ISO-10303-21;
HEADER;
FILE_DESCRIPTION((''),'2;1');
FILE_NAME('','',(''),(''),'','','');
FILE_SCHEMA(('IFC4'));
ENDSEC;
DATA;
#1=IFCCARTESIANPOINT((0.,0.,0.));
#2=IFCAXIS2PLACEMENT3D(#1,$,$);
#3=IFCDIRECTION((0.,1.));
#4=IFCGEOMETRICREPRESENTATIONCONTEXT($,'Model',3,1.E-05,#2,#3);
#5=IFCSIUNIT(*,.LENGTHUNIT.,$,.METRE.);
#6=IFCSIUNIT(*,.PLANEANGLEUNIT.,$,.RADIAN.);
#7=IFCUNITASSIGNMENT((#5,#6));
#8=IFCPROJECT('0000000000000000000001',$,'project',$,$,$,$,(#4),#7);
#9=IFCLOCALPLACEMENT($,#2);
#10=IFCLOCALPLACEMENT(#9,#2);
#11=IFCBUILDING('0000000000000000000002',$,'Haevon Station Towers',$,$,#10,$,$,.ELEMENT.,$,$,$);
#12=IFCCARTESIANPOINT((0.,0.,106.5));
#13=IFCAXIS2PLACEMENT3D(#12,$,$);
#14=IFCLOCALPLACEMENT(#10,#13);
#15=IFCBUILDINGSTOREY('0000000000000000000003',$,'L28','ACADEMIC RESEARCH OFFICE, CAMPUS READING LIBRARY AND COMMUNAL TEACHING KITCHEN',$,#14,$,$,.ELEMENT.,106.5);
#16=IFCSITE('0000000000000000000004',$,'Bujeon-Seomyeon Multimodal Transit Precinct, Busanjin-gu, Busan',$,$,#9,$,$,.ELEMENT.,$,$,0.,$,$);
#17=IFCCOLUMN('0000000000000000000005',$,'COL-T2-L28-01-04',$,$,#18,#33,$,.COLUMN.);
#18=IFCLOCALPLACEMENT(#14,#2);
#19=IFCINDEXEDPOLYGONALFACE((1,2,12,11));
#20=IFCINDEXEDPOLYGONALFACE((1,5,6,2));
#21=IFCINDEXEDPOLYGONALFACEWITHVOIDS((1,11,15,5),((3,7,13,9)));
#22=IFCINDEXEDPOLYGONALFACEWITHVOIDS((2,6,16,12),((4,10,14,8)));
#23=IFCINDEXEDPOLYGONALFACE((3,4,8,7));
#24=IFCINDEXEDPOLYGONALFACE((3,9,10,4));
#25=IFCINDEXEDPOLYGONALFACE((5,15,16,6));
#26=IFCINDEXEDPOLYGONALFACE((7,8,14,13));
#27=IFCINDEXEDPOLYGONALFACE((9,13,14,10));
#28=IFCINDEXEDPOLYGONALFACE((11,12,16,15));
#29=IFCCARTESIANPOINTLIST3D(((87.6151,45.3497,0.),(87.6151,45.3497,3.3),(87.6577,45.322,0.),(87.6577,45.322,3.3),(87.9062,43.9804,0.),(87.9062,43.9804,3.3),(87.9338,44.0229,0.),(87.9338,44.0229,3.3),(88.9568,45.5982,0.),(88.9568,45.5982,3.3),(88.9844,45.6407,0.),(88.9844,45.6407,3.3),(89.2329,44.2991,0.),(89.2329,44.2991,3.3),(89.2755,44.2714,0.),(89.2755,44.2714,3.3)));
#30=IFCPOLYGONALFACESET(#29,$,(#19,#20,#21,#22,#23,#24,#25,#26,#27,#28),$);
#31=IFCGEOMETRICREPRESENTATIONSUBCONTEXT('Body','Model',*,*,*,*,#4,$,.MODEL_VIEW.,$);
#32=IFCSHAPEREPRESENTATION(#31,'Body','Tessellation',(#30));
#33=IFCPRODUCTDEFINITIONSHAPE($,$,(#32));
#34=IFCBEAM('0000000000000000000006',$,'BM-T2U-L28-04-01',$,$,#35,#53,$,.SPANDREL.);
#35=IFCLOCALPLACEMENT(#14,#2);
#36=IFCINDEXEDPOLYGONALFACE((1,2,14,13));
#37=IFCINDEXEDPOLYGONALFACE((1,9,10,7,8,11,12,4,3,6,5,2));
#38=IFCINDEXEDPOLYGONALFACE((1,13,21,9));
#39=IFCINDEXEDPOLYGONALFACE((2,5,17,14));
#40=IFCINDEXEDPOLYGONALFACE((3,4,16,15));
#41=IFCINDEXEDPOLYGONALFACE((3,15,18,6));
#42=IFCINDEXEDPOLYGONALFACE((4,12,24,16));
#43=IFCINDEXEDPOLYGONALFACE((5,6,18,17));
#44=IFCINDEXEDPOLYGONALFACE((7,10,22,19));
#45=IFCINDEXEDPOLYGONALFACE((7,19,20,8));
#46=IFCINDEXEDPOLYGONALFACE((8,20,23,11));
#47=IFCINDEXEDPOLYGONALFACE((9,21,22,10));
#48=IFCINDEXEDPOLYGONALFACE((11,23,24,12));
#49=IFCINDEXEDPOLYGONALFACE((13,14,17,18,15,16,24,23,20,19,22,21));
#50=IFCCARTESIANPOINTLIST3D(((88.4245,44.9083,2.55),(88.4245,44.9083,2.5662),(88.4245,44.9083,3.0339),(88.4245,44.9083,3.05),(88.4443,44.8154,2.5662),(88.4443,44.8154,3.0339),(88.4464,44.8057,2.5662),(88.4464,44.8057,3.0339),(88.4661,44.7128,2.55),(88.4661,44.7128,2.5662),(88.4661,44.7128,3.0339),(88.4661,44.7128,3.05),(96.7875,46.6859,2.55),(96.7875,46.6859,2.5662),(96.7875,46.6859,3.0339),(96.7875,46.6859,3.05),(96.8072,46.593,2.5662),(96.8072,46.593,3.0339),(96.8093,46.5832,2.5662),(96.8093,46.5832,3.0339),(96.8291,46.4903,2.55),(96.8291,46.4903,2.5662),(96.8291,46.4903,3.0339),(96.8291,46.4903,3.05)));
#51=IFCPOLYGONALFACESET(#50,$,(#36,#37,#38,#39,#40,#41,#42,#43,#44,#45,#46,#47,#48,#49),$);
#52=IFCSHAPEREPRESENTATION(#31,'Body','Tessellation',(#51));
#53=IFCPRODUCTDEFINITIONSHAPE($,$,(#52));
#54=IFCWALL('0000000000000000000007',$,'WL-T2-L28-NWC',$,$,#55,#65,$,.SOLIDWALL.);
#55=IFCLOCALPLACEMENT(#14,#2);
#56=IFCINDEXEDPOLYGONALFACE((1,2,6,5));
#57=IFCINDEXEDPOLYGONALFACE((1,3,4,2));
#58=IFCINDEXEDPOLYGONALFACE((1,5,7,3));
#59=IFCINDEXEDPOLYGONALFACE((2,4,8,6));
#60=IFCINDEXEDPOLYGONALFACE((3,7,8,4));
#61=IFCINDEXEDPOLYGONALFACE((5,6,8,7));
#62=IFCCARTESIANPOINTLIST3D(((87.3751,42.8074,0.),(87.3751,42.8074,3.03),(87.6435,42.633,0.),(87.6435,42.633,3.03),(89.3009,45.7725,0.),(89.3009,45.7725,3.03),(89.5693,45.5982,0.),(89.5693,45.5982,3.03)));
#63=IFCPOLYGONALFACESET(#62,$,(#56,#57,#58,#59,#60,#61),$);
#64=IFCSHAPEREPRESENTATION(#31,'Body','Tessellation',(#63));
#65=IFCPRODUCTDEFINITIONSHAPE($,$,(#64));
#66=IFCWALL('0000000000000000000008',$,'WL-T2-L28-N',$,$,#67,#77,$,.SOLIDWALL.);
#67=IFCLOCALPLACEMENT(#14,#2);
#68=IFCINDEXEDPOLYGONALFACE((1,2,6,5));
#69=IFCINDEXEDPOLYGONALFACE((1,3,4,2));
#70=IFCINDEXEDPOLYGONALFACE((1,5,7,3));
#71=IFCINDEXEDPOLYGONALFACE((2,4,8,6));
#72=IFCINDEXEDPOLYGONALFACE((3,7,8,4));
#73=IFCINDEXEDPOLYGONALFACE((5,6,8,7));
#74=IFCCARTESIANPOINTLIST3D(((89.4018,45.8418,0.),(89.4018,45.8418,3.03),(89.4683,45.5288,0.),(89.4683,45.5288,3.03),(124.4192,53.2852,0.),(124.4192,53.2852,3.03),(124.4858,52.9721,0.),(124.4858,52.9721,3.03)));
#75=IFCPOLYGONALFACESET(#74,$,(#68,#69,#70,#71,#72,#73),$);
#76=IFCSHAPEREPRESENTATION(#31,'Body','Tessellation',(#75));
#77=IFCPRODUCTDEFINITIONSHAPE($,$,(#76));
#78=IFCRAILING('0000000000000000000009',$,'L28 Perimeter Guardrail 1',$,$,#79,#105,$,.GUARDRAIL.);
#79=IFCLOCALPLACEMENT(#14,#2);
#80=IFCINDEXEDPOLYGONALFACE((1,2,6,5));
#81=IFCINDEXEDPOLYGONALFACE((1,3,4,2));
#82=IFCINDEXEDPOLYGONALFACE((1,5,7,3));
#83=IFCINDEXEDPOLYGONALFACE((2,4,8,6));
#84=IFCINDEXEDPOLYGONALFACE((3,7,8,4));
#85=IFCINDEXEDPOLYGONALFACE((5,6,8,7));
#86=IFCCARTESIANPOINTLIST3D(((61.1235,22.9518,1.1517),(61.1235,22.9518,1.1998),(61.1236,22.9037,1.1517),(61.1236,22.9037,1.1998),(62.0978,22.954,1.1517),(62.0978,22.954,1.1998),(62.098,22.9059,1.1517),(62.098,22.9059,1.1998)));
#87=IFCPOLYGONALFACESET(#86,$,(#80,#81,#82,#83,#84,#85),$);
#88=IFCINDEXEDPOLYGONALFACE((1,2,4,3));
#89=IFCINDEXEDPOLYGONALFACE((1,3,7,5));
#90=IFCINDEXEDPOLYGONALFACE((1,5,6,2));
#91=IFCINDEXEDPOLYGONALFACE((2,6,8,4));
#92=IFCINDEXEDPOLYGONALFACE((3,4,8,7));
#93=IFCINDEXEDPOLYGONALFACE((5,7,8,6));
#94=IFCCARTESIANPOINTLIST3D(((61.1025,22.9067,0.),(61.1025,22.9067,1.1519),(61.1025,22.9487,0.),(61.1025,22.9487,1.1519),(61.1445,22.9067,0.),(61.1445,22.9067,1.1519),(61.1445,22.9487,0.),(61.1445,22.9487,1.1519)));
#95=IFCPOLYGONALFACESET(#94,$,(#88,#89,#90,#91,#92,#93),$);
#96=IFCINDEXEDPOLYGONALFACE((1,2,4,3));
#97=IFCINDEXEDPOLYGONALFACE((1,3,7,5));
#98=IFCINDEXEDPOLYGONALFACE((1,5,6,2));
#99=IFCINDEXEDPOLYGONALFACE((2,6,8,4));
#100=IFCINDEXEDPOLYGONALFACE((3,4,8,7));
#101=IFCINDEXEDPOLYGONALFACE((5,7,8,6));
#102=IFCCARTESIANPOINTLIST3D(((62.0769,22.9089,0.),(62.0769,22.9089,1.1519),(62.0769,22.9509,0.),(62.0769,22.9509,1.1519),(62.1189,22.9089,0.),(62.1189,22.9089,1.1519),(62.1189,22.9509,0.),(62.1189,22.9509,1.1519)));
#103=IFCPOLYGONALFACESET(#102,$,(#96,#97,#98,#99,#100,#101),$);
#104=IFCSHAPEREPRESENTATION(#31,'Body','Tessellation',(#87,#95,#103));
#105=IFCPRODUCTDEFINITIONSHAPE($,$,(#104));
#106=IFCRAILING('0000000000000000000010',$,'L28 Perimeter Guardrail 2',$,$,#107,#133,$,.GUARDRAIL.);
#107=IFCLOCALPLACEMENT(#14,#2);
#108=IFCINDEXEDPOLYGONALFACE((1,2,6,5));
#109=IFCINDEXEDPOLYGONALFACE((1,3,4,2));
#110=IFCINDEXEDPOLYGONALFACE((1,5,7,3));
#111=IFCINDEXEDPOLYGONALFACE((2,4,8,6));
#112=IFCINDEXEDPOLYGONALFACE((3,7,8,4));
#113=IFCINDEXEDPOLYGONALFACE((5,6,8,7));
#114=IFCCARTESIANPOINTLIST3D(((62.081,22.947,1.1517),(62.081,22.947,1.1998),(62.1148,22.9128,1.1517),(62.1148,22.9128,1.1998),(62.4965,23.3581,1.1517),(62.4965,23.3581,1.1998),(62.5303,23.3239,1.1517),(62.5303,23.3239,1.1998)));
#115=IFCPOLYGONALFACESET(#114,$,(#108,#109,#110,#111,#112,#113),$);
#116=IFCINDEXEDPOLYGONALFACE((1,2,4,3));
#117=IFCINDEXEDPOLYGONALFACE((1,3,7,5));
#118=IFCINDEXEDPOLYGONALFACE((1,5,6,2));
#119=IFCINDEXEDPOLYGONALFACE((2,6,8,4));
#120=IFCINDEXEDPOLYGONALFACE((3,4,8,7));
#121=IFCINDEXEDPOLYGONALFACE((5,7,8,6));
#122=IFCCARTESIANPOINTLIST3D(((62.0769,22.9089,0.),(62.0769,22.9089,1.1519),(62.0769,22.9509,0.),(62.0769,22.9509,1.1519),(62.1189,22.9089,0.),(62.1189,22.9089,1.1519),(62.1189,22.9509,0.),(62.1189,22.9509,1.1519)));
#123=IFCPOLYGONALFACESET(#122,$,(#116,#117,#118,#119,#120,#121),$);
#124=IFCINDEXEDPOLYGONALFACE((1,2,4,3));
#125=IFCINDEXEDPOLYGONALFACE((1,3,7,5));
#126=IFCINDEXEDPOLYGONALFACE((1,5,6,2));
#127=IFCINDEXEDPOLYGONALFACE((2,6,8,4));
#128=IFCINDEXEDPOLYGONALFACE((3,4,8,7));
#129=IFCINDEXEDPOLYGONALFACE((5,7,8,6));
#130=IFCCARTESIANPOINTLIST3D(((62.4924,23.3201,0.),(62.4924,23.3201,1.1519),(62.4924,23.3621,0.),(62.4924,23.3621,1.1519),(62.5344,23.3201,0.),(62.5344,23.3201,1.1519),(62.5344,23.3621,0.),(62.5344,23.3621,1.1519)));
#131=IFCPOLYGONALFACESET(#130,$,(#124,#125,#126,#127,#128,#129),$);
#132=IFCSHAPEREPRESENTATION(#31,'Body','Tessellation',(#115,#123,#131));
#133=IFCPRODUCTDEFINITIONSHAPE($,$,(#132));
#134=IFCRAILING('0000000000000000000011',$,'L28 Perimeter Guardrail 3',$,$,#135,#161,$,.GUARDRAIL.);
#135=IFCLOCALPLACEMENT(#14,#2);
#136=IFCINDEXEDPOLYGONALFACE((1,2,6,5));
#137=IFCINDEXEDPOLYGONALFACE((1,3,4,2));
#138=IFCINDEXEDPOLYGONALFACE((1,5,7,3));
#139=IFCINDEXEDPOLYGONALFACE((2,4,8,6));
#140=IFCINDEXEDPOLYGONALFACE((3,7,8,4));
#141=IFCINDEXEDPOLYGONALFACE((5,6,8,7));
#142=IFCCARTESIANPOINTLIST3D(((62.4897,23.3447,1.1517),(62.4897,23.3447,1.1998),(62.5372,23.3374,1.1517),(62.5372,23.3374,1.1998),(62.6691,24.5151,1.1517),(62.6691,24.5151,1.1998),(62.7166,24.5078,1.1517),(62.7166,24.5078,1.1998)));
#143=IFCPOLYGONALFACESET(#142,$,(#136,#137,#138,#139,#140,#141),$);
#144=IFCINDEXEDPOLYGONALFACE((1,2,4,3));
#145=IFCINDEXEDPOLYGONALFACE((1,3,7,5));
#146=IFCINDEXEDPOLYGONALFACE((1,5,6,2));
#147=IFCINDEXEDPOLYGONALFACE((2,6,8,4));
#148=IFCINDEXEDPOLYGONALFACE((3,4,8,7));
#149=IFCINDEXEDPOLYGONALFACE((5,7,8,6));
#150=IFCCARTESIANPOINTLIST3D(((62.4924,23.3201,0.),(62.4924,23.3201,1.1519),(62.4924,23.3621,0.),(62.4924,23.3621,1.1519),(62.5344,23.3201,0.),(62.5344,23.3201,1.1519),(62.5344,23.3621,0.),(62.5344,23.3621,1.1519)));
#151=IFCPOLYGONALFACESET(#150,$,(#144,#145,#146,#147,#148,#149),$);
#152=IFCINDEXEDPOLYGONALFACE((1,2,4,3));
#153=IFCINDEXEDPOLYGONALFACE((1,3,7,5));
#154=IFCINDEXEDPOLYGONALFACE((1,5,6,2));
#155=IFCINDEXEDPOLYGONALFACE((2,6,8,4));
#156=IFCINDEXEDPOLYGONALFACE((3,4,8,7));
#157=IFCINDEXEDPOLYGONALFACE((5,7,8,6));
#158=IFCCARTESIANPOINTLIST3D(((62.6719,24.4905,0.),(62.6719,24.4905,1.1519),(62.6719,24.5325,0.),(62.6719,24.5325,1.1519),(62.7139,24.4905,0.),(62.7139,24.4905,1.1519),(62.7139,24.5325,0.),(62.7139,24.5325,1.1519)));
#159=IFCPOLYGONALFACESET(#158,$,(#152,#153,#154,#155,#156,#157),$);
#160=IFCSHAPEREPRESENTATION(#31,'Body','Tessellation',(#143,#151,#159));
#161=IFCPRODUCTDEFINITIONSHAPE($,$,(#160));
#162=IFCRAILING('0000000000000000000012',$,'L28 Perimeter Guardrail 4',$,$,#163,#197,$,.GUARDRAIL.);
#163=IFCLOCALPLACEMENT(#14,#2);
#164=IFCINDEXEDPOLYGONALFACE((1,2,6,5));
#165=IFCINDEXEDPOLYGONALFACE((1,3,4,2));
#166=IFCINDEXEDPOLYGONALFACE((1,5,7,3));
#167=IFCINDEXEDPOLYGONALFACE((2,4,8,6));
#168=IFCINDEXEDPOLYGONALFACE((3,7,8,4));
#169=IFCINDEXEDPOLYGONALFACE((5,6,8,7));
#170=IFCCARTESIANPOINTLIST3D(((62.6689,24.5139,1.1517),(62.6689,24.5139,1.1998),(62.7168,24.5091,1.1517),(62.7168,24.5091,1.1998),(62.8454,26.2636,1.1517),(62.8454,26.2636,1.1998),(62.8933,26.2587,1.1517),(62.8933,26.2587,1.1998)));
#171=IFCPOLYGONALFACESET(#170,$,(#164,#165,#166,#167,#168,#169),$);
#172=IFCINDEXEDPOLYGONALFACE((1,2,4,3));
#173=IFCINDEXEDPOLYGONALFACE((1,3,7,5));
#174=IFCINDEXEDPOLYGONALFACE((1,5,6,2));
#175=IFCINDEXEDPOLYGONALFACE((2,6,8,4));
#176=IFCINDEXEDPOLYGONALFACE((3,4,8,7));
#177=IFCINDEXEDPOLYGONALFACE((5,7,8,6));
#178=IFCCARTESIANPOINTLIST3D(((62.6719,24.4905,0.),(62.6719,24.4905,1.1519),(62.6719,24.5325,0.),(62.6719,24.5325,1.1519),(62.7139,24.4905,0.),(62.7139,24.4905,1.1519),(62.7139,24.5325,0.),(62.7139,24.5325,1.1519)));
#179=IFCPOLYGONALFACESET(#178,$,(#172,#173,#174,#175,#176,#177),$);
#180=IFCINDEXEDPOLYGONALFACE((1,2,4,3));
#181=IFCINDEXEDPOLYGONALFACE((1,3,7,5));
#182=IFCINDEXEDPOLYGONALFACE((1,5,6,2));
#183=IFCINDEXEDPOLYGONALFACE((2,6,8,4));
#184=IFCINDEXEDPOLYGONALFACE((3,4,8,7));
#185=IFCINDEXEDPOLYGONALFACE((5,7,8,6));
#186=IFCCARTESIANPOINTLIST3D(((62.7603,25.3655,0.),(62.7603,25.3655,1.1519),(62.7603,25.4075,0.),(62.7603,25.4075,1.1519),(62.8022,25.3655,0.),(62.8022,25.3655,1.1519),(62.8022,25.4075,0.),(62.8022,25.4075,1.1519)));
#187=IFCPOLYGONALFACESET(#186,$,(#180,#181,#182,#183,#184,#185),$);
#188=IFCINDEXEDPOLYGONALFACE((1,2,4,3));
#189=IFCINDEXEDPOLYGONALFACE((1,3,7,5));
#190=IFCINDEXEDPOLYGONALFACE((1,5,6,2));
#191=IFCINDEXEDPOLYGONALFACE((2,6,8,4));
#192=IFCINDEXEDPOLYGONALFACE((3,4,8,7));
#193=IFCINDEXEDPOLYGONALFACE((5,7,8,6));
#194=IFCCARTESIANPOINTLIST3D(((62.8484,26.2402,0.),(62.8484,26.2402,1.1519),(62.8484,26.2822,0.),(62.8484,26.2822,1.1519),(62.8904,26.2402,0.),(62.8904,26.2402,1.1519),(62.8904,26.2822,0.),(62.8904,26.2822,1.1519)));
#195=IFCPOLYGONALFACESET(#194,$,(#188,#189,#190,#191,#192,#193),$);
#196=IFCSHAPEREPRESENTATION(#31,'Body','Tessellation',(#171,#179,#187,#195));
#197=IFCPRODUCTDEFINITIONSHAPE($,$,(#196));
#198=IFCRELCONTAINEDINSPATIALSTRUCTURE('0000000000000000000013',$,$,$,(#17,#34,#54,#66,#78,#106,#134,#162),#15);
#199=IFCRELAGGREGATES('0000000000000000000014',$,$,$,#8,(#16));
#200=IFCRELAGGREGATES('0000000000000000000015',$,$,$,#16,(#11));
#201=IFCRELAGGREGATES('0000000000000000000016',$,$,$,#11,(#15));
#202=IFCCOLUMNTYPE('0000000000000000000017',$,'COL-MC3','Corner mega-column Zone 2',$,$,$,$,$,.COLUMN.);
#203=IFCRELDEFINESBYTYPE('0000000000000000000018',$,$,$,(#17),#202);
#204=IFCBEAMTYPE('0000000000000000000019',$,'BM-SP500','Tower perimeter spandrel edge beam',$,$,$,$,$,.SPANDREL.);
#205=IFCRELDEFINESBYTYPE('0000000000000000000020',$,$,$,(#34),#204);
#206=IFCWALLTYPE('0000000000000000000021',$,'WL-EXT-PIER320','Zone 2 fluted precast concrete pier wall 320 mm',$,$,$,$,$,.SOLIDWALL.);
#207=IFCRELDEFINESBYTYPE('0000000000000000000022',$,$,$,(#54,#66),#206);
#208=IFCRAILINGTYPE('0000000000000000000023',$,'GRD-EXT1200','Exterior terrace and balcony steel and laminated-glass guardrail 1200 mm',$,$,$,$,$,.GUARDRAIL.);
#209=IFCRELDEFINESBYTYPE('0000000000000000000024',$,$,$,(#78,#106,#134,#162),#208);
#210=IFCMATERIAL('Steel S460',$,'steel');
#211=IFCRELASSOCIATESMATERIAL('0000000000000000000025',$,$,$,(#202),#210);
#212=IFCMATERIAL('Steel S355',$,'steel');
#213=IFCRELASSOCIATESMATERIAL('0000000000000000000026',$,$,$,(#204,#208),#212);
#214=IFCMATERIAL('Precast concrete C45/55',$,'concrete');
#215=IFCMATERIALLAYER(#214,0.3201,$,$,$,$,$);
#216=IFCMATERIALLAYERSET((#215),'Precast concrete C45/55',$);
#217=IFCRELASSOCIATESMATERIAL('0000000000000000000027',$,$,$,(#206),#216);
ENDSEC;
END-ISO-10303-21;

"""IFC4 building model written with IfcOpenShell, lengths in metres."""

from ifc_helpers import new_model, si_unit, direction, frame, frame_2d, origin, origin_2d, place, context, subcontext, project, spatial, rectangle, hollow_rectangle, i_section, extrude, material, layer, layer_set, material_profile, profile_set, type_object, element, save


model = new_model("IFC4")

# Units and contexts
model_context = context("Model", 3, precision=1e-05, world=origin(), true_north=direction((0.0, 1.0)))
body_context = subcontext(model_context, "Body", "Model", "MODEL_VIEW")
ifc_project = project(units=[si_unit("LENGTHUNIT", "METRE"), si_unit("PLANEANGLEUNIT", "RADIAN")], contexts=[model_context])

# Site, building, storey
site_placement = place(None, origin())
site = spatial("IfcSite", under=ifc_project, at=site_placement, Name="Bujeon-Seomyeon Multimodal Transit Precinct, Busanjin-gu, Busan", CompositionType="ELEMENT", RefElevation=0.0)
building_placement = place(site_placement, origin())
building = spatial("IfcBuilding", under=site, at=building_placement, Name="Haevon Station Towers", CompositionType="ELEMENT")
storey_placement = place(building_placement, frame((0.0, 0.0, 106.5)))
storey = spatial("IfcBuildingStorey", under=building, at=storey_placement, Name="L28", Description="ACADEMIC RESEARCH OFFICE, CAMPUS READING LIBRARY AND COMMUNAL TEACHING KITCHEN", CompositionType="ELEMENT", Elevation=106.5)

# Column
ifc_material_1 = material(Name="Steel S460", Category="steel")
ifc_material_profile_1 = material_profile(ifc_material_1, hollow_rectangle(XDim=1.3999, YDim=1.3999, WallThickness=0.0359, at=origin_2d()), Name="BOX-1400x1400x36")
ifc_profile_set_1 = profile_set([ifc_material_profile_1], Name="Steel S460")
column_type = type_object("IfcColumnType", Name="COL-MC3", Description="Corner mega-column Zone 2", PredefinedType="COLUMN", material=ifc_profile_set_1)
column_placement = place(storey_placement, frame((88.4453, 44.8105, 0.0), z_axis=(0.0, 0.0, 1.0), x_axis=(0.978148, 0.207912, 0.0)))
element("IfcColumn", 1, at=column_placement, inside=storey, type_object=column_type, Name="COL-T2-L28-01-04", PredefinedType="COLUMN", context=body_context, shape_type="SweptSolid", body=[
    extrude(hollow_rectangle(XDim=1.3999, YDim=1.3999, WallThickness=0.0359, at=origin_2d()), origin(), (0.0, 0.0, 1.0), 3.3),
])

# Beam
ifc_material_2 = material(Name="Steel S355", Category="steel")
ifc_material_profile_2 = material_profile(ifc_material_2, i_section(OverallWidth=0.2, OverallDepth=0.5, WebThickness=0.01, FlangeThickness=0.0161, at=origin_2d()), Name="H-500x200x10x16")
ifc_profile_set_2 = profile_set([ifc_material_profile_2], Name="Steel S355")
beam_type = type_object("IfcBeamType", Name="BM-SP500", Description="Tower perimeter spandrel edge beam", PredefinedType="SPANDREL", material=ifc_profile_set_2)
beam_placement = place(storey_placement, frame((88.4453, 44.8105, 2.8), z_axis=(0.978148, 0.207908, 0.0), x_axis=(-0.207908, 0.978148, 0.0)))
element("IfcBeam", 2, at=beam_placement, inside=storey, type_object=beam_type, Name="BM-T2U-L28-04-01", PredefinedType="SPANDREL", context=body_context, shape_type="SweptSolid", body=[
    extrude(i_section(OverallWidth=0.2, OverallDepth=0.5, WebThickness=0.01, FlangeThickness=0.0161, at=origin_2d()), origin(), (0.0, 0.0, 1.0), 8.5498),
])

# Walls
ifc_material_3 = material(Name="Precast concrete C45/55", Category="concrete")
ifc_layer_1 = layer(ifc_material_3, 0.3201)
ifc_layer_set_1 = layer_set([ifc_layer_1], Name="Precast concrete C45/55")
wall_type = type_object("IfcWallType", Name="WL-EXT-PIER320", Description="Zone 2 fluted precast concrete pier wall 320 mm", PredefinedType="SOLIDWALL", material=ifc_layer_set_1)
wall_1_placement = place(storey_placement, frame((87.5093, 42.7202, 0.0), z_axis=(0.0, 0.0, 1.0), x_axis=(0.544685, 0.838641, 0.0)))
element("IfcWall", 3, at=wall_1_placement, inside=storey, type_object=wall_type, Name="WL-T2-L28-NWC", PredefinedType="SOLIDWALL", context=body_context, shape_type="SweptSolid", body=[
    extrude(rectangle(XDim=3.5356, YDim=0.3201, at=frame_2d((1.7678, 0.0))), origin(), (0.0, 0.0, 1.0), 3.03),
])
wall_2_placement = place(storey_placement, frame((89.4351, 45.6853, 0.0), z_axis=(0.0, 0.0, 1.0), x_axis=(0.978147, 0.207916, 0.0)))
element("IfcWall", 4, at=wall_2_placement, inside=storey, type_object=wall_type, Name="WL-T2-L28-N", PredefinedType="SOLIDWALL", context=body_context, shape_type="SweptSolid", body=[
    extrude(rectangle(XDim=35.7998, YDim=0.3201, at=frame_2d((17.8999, 0.0))), origin(), (0.0, 0.0, 1.0), 3.03),
])

# Railings
railing_type = type_object("IfcRailingType", Name="GRD-EXT1200", Description="Exterior terrace and balcony steel and laminated-glass guardrail 1200 mm", PredefinedType="GUARDRAIL", material=ifc_material_2)
railing_1_placement = place(storey_placement, frame((61.1235, 22.9277, 0.0)))
element("IfcRailing", 5, at=railing_1_placement, inside=storey, type_object=railing_type, Name="L28 Perimeter Guardrail 1", PredefinedType="GUARDRAIL", context=body_context, shape_type="SweptSolid", body=[
    extrude(rectangle(XDim=0.0481, YDim=0.0481, at=origin_2d()), frame((0.0, 0.0, 1.1758), z_axis=(0.999997, 0.002255, 0.0), x_axis=(-0.002255, 0.999997, 0.0)), (0.0, 0.0, 1.0), 0.9744),
    extrude(rectangle(XDim=0.042, YDim=0.042, at=origin_2d()), origin(), (0.0, 0.0, 1.0), 1.1519),
    extrude(rectangle(XDim=0.042, YDim=0.042, at=origin_2d()), frame((0.9744, 0.0022, 0.0)), (0.0, 0.0, 1.0), 1.1519),
])
railing_2_placement = place(storey_placement, frame((62.0979, 22.9299, 0.0)))
element("IfcRailing", 6, at=railing_2_placement, inside=storey, type_object=railing_type, Name="L28 Perimeter Guardrail 2", PredefinedType="GUARDRAIL", context=body_context, shape_type="SweptSolid", body=[
    extrude(rectangle(XDim=0.0481, YDim=0.0481, at=origin_2d()), frame((0.0, 0.0, 1.1758), z_axis=(0.710856, 0.703338, 0.0), x_axis=(-0.703338, 0.710856, 0.0)), (0.0, 0.0, 1.0), 0.5845),
    extrude(rectangle(XDim=0.042, YDim=0.042, at=origin_2d()), origin(), (0.0, 0.0, 1.0), 1.1519),
    extrude(rectangle(XDim=0.042, YDim=0.042, at=origin_2d()), frame((0.4155, 0.4111, 0.0)), (0.0, 0.0, 1.0), 1.1519),
])
railing_3_placement = place(storey_placement, frame((62.5134, 23.3411, 0.0)))
element("IfcRailing", 7, at=railing_3_placement, inside=storey, type_object=railing_type, Name="L28 Perimeter Guardrail 3", PredefinedType="GUARDRAIL", context=body_context, shape_type="SweptSolid", body=[
    extrude(rectangle(XDim=0.0481, YDim=0.0481, at=origin_2d()), frame((0.0, 0.0, 1.1758), z_axis=(0.151546, 0.98845, 0.0), x_axis=(-0.98845, 0.151546, 0.0)), (0.0, 0.0, 1.0), 1.1841),
    extrude(rectangle(XDim=0.042, YDim=0.042, at=origin_2d()), origin(), (0.0, 0.0, 1.0), 1.1519),
    extrude(rectangle(XDim=0.042, YDim=0.042, at=origin_2d()), frame((0.1794, 1.1704, 0.0)), (0.0, 0.0, 1.0), 1.1519),
])
railing_4_placement = place(storey_placement, frame((62.6929, 24.5115, 0.0)))
element("IfcRailing", 8, at=railing_4_placement, inside=storey, type_object=railing_type, Name="L28 Perimeter Guardrail 4", PredefinedType="GUARDRAIL", context=body_context, shape_type="SweptSolid", body=[
    extrude(rectangle(XDim=0.0481, YDim=0.0481, at=origin_2d()), frame((0.0, 0.0, 1.1758), z_axis=(0.10037, 0.99495, 0.0), x_axis=(-0.99495, 0.10037, 0.0)), (0.0, 0.0, 1.0), 1.7585),
    extrude(rectangle(XDim=0.042, YDim=0.042, at=origin_2d()), origin(), (0.0, 0.0, 1.0), 1.1519),
    extrude(rectangle(XDim=0.042, YDim=0.042, at=origin_2d()), frame((0.0884, 0.875, 0.0)), (0.0, 0.0, 1.0), 1.1519),
    extrude(rectangle(XDim=0.042, YDim=0.042, at=origin_2d()), frame((0.1765, 1.7498, 0.0)), (0.0, 0.0, 1.0), 1.1519),
])

save(model, "model.ifc")
